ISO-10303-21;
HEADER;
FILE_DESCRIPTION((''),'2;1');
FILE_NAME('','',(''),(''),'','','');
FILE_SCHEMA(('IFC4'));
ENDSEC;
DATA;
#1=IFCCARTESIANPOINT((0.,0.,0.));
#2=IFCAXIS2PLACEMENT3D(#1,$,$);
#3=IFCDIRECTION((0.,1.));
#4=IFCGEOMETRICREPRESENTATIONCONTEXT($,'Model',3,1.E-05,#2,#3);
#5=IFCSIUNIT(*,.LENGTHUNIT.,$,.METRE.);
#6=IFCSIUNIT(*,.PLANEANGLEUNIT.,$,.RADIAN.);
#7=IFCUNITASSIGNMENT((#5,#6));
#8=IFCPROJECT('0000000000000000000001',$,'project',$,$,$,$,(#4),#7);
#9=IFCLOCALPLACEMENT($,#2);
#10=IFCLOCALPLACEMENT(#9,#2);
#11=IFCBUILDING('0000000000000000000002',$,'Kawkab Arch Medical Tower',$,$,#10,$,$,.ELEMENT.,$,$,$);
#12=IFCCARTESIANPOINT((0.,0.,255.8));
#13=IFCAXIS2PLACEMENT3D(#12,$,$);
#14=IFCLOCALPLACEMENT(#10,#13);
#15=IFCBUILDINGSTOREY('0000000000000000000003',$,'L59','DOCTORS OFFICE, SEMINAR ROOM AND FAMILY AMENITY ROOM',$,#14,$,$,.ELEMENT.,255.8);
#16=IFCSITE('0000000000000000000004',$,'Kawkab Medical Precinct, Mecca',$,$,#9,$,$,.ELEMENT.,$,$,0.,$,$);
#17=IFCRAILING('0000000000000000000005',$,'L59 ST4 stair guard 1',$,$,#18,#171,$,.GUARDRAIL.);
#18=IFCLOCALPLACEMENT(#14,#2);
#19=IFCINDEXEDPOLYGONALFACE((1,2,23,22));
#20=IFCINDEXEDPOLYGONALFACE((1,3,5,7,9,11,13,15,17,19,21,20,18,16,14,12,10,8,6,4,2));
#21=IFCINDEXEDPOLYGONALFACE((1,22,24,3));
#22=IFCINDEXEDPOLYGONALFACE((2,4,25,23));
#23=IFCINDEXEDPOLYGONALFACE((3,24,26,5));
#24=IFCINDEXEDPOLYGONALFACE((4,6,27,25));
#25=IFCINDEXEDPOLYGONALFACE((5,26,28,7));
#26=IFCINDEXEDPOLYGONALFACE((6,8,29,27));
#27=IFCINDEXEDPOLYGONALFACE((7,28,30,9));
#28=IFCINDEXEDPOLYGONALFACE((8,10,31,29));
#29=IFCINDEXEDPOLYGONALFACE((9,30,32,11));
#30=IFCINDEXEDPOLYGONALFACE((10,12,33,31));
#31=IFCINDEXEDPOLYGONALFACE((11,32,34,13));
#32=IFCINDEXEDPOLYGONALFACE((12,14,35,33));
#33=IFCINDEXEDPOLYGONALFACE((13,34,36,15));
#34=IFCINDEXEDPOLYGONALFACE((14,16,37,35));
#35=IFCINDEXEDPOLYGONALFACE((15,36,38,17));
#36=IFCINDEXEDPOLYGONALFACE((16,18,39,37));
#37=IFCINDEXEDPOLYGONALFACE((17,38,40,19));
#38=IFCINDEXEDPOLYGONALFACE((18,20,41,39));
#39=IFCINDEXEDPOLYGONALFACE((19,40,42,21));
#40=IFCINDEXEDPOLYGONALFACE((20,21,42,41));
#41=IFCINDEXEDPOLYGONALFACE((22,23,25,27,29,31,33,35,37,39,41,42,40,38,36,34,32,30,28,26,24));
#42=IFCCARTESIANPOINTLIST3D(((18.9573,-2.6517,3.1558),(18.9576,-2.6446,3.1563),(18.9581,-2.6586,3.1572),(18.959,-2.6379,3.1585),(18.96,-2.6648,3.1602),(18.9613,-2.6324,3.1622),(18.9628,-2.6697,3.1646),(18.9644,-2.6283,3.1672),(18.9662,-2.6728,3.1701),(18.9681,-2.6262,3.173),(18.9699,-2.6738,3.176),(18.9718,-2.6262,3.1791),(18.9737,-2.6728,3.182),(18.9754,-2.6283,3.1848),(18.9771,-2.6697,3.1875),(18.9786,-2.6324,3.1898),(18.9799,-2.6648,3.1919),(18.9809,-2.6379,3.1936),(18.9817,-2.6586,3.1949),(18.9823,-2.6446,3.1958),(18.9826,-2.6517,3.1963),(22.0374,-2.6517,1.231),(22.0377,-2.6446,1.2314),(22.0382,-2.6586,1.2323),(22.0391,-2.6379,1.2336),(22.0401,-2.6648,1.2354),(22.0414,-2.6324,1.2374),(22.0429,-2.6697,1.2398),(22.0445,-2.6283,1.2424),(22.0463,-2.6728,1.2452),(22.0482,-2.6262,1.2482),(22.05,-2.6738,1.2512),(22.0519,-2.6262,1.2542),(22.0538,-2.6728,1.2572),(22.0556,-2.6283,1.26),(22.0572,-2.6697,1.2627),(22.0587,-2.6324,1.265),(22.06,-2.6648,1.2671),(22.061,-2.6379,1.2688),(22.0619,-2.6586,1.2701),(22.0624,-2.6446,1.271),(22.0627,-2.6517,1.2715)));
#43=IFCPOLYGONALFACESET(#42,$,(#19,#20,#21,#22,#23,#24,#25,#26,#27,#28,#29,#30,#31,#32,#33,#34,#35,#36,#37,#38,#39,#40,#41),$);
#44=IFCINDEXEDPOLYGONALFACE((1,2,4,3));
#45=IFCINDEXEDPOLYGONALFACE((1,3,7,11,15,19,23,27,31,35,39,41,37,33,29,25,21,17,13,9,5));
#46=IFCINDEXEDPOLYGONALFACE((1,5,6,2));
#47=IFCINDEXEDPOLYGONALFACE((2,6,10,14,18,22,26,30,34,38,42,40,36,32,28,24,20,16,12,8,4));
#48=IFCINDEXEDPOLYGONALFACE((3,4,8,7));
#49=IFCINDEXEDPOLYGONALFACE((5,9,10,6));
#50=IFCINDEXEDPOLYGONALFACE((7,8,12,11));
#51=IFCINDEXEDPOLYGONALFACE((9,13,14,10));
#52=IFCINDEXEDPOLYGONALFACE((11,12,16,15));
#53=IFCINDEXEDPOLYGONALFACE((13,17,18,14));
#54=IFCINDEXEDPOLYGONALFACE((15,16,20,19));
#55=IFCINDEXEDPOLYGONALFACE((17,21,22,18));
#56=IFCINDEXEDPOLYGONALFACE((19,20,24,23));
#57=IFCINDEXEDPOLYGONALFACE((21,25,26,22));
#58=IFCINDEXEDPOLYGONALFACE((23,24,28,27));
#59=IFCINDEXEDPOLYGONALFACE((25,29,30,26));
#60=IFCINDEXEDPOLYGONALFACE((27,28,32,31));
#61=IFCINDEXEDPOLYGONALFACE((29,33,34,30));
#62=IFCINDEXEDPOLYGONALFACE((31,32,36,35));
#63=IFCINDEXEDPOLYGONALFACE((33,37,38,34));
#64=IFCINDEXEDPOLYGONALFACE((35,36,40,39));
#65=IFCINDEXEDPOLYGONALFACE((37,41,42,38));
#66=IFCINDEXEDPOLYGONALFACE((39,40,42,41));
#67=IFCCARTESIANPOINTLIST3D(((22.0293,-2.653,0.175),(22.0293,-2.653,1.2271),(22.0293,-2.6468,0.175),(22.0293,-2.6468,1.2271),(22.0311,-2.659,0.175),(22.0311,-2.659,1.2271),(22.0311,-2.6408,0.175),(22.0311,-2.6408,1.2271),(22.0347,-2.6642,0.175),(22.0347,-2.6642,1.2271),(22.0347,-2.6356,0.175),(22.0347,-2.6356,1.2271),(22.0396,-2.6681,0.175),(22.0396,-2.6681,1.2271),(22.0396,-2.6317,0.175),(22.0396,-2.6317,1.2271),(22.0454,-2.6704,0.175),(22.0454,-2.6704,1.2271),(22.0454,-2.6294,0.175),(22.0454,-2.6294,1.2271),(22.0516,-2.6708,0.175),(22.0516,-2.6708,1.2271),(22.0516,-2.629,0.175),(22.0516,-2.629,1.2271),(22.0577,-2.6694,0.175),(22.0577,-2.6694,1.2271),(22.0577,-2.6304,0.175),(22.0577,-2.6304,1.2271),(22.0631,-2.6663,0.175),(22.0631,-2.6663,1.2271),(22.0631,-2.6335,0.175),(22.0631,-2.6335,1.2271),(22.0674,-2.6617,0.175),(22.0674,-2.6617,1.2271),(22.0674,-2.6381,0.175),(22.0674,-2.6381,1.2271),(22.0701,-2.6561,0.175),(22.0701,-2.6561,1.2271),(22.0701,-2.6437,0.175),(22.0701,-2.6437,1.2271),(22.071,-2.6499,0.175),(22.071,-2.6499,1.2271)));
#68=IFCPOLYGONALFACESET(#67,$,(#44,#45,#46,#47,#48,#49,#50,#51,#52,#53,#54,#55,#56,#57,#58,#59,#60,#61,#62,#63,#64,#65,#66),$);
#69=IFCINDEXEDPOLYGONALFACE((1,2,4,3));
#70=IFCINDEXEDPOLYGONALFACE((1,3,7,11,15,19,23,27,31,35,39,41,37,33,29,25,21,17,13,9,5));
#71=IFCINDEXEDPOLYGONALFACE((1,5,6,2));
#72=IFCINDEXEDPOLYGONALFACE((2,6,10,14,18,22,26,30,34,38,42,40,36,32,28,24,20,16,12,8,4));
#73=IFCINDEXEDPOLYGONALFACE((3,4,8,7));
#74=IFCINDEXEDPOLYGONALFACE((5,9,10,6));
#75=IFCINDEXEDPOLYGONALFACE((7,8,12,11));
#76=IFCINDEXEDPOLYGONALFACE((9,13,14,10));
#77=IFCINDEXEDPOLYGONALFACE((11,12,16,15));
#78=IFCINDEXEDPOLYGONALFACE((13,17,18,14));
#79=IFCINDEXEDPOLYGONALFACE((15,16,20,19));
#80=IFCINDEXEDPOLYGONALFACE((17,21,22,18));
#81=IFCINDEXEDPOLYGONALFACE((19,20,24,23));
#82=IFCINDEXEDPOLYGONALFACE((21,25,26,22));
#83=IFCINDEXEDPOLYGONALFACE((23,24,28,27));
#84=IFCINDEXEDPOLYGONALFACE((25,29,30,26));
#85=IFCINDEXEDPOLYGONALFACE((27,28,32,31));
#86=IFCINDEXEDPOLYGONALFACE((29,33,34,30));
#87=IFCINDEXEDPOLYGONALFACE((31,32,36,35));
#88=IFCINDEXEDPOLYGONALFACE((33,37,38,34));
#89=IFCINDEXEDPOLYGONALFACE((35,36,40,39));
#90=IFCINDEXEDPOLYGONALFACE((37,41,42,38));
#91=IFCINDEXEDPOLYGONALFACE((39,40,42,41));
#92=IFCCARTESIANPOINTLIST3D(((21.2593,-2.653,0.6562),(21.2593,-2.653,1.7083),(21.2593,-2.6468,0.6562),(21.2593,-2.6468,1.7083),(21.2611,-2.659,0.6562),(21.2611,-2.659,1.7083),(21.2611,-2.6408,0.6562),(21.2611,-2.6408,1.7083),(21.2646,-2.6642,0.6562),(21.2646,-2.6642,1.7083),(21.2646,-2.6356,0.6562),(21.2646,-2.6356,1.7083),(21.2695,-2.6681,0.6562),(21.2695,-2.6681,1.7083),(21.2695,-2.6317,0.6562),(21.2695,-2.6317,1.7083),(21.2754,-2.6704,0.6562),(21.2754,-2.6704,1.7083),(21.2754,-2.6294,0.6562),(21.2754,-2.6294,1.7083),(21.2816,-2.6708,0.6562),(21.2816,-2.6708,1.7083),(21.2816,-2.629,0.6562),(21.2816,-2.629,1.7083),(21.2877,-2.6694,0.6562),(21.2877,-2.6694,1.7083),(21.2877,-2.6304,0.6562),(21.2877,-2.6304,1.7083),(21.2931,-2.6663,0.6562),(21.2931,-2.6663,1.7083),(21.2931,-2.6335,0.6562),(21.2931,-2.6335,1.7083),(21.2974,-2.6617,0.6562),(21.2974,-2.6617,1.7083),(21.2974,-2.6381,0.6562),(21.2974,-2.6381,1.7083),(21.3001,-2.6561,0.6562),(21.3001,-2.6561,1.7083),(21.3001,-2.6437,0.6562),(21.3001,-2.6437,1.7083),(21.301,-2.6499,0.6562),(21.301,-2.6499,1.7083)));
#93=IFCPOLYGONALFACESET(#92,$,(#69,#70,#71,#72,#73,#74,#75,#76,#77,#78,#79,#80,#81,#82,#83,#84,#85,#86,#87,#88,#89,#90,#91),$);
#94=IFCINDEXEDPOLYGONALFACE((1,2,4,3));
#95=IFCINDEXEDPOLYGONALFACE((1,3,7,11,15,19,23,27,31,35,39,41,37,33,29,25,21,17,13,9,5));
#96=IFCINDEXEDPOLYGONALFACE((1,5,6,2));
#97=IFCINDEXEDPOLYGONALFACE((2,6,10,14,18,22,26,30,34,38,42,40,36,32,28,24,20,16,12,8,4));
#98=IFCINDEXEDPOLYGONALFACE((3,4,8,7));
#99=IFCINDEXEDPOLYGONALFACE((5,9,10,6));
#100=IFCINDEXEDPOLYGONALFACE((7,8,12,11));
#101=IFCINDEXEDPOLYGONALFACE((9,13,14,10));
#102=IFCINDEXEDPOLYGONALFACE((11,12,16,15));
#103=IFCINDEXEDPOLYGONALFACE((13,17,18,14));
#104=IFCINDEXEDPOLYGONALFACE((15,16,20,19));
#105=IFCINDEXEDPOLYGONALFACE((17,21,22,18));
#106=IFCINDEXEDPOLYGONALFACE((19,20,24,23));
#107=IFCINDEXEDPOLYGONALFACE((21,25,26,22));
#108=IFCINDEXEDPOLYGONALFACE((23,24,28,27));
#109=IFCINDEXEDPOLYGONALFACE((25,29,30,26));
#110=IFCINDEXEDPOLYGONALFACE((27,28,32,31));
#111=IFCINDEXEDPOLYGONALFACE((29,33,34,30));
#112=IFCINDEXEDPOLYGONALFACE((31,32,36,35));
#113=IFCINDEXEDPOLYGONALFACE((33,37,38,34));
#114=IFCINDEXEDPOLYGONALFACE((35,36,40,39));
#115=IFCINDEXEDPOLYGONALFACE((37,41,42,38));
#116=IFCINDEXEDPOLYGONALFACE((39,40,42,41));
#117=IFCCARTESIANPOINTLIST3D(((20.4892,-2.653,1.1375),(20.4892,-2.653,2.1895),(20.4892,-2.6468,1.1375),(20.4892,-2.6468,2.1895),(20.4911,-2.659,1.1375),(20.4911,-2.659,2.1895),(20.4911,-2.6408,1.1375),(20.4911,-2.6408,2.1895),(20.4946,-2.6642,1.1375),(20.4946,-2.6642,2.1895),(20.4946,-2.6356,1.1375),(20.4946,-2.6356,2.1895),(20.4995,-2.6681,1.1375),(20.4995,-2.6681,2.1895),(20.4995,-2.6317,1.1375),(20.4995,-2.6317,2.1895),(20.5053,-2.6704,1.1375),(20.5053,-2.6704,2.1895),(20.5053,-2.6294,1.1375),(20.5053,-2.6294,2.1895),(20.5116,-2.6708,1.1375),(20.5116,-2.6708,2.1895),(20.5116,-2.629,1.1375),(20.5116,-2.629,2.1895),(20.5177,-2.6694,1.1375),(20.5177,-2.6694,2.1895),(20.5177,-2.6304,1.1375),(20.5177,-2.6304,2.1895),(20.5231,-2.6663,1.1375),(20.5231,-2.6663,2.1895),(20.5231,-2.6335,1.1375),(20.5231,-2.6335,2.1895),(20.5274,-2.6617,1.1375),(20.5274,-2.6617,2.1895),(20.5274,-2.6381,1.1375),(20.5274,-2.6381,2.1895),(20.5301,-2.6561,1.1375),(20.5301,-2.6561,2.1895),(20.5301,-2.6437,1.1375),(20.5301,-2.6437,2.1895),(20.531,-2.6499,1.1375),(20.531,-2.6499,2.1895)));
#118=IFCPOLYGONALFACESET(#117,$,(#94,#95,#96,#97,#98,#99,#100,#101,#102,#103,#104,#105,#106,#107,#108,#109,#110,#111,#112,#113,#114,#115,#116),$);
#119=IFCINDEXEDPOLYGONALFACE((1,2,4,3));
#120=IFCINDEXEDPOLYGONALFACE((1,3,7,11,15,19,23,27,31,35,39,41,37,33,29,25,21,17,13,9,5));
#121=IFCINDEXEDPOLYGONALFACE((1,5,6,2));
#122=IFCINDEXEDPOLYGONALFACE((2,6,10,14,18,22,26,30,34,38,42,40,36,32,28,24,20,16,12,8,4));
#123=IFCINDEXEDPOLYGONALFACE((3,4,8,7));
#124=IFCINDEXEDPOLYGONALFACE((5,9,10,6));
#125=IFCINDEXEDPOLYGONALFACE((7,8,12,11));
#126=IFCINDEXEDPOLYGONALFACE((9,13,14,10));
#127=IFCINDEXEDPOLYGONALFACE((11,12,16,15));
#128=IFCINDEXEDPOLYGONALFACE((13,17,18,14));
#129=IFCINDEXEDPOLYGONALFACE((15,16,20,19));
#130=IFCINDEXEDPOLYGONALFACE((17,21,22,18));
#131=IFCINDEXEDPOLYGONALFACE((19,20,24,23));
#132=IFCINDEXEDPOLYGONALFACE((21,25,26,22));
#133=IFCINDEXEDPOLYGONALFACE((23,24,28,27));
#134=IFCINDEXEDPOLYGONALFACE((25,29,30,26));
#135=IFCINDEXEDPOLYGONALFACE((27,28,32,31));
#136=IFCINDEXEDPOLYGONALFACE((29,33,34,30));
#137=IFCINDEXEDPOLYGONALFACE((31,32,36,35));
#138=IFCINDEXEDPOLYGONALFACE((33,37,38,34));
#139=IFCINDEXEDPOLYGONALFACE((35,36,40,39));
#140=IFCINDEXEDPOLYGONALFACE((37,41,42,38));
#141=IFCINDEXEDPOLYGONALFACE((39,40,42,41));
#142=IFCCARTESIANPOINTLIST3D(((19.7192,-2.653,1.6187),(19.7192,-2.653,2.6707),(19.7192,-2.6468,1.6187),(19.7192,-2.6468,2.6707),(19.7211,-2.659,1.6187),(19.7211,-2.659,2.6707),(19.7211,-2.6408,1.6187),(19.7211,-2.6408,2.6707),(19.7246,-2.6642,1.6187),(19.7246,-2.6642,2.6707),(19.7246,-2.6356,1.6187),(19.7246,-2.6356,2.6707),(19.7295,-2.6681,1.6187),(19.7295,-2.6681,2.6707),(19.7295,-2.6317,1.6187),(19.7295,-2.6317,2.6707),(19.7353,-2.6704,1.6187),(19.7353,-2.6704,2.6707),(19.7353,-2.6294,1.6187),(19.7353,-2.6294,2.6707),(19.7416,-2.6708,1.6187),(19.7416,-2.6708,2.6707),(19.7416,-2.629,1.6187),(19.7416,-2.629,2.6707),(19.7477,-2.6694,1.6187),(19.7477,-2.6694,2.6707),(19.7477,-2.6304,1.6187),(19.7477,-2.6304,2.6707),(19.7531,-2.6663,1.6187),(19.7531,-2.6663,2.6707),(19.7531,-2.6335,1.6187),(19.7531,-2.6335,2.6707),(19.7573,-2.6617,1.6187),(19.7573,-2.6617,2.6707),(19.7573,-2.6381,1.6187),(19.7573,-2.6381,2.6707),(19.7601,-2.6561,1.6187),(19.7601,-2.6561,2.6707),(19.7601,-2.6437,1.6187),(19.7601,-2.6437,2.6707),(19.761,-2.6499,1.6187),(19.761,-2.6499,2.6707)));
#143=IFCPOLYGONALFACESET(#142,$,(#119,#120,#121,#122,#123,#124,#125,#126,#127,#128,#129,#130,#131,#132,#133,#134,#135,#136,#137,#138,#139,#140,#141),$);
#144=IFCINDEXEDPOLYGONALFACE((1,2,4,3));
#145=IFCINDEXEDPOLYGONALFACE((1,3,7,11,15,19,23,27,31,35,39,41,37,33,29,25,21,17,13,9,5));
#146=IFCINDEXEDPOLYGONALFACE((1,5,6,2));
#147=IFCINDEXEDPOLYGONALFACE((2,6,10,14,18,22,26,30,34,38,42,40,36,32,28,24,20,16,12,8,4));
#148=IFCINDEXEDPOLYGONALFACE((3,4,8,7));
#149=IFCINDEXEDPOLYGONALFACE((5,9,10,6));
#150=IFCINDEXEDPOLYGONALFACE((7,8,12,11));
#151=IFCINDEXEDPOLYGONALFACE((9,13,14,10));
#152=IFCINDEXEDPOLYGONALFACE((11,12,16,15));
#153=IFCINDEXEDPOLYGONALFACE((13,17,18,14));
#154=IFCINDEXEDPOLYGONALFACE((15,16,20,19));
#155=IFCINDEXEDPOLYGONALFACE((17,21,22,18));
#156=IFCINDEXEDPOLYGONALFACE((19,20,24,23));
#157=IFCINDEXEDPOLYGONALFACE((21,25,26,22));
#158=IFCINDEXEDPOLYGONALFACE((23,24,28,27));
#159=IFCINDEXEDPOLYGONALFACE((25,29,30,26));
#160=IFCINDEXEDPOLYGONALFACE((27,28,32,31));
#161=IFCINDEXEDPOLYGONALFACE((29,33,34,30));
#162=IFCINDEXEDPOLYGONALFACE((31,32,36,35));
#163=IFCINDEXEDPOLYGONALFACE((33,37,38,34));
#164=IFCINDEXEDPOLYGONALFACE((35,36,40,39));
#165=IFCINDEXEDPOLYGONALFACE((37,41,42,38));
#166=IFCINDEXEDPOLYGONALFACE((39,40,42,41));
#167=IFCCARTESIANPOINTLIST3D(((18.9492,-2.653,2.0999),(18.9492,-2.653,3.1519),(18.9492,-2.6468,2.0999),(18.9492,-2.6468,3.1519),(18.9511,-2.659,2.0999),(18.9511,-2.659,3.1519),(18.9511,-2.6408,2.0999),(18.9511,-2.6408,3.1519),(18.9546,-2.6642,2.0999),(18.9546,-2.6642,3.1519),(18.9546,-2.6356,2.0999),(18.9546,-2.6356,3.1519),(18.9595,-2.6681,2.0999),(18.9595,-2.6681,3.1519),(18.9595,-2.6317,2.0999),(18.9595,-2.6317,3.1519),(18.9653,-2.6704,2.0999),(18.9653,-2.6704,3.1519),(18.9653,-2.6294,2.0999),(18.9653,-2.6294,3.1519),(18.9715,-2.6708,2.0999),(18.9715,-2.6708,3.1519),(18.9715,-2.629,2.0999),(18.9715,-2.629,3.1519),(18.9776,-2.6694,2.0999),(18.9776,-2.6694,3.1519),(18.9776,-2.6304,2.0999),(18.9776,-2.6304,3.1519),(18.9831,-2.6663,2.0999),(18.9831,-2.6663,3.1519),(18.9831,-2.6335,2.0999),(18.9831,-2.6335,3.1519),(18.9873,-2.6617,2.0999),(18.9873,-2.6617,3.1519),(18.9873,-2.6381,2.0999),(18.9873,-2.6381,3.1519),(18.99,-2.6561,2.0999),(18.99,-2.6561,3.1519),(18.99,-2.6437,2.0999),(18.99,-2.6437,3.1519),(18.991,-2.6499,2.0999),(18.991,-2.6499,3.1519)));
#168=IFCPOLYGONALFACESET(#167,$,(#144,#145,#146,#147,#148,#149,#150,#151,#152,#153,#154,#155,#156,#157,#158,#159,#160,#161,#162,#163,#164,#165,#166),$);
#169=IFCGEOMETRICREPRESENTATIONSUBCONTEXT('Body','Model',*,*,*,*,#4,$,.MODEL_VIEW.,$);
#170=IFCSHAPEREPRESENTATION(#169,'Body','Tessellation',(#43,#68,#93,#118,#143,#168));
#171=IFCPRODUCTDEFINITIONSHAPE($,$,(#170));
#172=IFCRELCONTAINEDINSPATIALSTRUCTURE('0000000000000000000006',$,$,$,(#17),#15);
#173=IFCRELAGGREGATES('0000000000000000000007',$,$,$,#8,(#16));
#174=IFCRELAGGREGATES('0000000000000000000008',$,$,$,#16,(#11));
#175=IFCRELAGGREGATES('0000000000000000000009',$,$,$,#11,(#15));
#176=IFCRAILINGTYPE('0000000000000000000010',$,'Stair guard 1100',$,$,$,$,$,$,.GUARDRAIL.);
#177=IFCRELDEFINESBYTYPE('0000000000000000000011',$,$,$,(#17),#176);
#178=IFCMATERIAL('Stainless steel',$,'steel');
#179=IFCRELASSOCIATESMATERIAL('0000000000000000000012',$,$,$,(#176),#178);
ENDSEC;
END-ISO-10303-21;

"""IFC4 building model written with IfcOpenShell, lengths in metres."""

from ifc_helpers import new_model, si_unit, direction, frame, origin, origin_2d, place, context, subcontext, project, spatial, circle, extrude, material, type_object, element, save


model = new_model("IFC4")

# Units and contexts
model_context = context("Model", 3, precision=1e-05, world=origin(), true_north=direction((0.0, 1.0)))
body_context = subcontext(model_context, "Body", "Model", "MODEL_VIEW")
ifc_project = project(units=[si_unit("LENGTHUNIT", "METRE"), si_unit("PLANEANGLEUNIT", "RADIAN")], contexts=[model_context])

# Site, building, storey
site_placement = place(None, origin())
site = spatial("IfcSite", under=ifc_project, at=site_placement, Name="Kawkab Medical Precinct, Mecca", CompositionType="ELEMENT", RefElevation=0.0)
building_placement = place(site_placement, origin())
building = spatial("IfcBuilding", under=site, at=building_placement, Name="Kawkab Arch Medical Tower", CompositionType="ELEMENT")
storey_placement = place(building_placement, frame((0.0, 0.0, 255.8)))
storey = spatial("IfcBuildingStorey", under=building, at=storey_placement, Name="L59", Description="DOCTORS OFFICE, SEMINAR ROOM AND FAMILY AMENITY ROOM", CompositionType="ELEMENT", Elevation=255.8)

# Railing
ifc_material_1 = material(Name="Stainless steel", Category="steel")
railing_type = type_object("IfcRailingType", Name="Stair guard 1100", PredefinedType="GUARDRAIL", material=ifc_material_1)
railing_placement = place(storey_placement, frame((22.05, -2.6499, 0.175)))
element("IfcRailing", 1, at=railing_placement, inside=storey, type_object=railing_type, Name="L59 ST4 stair guard 1", PredefinedType="GUARDRAIL", context=body_context, shape_type="SweptSolid", body=[
    extrude(circle(Radius=0.0239, at=origin_2d()), frame((0.0, 0.0, 1.0762), z_axis=(-0.848029, 0.0, 0.529951), x_axis=(0.0, -1.0, 0.0)), (0.0, 0.0, 1.0), 3.6321),
    extrude(circle(Radius=0.021, at=origin_2d()), origin(), (0.0, 0.0, 1.0), 1.052),
    extrude(circle(Radius=0.021, at=origin_2d()), frame((-0.77, 0.0, 0.4812)), (0.0, 0.0, 1.0), 1.052),
    extrude(circle(Radius=0.021, at=origin_2d()), frame((-1.54, 0.0, 0.9624)), (0.0, 0.0, 1.0), 1.052),
    extrude(circle(Radius=0.021, at=origin_2d()), frame((-2.3101, 0.0, 1.4436)), (0.0, 0.0, 1.0), 1.052),
    extrude(circle(Radius=0.021, at=origin_2d()), frame((-3.0801, 0.0, 1.9248)), (0.0, 0.0, 1.0), 1.052),
])

save(model, "model.ifc")
